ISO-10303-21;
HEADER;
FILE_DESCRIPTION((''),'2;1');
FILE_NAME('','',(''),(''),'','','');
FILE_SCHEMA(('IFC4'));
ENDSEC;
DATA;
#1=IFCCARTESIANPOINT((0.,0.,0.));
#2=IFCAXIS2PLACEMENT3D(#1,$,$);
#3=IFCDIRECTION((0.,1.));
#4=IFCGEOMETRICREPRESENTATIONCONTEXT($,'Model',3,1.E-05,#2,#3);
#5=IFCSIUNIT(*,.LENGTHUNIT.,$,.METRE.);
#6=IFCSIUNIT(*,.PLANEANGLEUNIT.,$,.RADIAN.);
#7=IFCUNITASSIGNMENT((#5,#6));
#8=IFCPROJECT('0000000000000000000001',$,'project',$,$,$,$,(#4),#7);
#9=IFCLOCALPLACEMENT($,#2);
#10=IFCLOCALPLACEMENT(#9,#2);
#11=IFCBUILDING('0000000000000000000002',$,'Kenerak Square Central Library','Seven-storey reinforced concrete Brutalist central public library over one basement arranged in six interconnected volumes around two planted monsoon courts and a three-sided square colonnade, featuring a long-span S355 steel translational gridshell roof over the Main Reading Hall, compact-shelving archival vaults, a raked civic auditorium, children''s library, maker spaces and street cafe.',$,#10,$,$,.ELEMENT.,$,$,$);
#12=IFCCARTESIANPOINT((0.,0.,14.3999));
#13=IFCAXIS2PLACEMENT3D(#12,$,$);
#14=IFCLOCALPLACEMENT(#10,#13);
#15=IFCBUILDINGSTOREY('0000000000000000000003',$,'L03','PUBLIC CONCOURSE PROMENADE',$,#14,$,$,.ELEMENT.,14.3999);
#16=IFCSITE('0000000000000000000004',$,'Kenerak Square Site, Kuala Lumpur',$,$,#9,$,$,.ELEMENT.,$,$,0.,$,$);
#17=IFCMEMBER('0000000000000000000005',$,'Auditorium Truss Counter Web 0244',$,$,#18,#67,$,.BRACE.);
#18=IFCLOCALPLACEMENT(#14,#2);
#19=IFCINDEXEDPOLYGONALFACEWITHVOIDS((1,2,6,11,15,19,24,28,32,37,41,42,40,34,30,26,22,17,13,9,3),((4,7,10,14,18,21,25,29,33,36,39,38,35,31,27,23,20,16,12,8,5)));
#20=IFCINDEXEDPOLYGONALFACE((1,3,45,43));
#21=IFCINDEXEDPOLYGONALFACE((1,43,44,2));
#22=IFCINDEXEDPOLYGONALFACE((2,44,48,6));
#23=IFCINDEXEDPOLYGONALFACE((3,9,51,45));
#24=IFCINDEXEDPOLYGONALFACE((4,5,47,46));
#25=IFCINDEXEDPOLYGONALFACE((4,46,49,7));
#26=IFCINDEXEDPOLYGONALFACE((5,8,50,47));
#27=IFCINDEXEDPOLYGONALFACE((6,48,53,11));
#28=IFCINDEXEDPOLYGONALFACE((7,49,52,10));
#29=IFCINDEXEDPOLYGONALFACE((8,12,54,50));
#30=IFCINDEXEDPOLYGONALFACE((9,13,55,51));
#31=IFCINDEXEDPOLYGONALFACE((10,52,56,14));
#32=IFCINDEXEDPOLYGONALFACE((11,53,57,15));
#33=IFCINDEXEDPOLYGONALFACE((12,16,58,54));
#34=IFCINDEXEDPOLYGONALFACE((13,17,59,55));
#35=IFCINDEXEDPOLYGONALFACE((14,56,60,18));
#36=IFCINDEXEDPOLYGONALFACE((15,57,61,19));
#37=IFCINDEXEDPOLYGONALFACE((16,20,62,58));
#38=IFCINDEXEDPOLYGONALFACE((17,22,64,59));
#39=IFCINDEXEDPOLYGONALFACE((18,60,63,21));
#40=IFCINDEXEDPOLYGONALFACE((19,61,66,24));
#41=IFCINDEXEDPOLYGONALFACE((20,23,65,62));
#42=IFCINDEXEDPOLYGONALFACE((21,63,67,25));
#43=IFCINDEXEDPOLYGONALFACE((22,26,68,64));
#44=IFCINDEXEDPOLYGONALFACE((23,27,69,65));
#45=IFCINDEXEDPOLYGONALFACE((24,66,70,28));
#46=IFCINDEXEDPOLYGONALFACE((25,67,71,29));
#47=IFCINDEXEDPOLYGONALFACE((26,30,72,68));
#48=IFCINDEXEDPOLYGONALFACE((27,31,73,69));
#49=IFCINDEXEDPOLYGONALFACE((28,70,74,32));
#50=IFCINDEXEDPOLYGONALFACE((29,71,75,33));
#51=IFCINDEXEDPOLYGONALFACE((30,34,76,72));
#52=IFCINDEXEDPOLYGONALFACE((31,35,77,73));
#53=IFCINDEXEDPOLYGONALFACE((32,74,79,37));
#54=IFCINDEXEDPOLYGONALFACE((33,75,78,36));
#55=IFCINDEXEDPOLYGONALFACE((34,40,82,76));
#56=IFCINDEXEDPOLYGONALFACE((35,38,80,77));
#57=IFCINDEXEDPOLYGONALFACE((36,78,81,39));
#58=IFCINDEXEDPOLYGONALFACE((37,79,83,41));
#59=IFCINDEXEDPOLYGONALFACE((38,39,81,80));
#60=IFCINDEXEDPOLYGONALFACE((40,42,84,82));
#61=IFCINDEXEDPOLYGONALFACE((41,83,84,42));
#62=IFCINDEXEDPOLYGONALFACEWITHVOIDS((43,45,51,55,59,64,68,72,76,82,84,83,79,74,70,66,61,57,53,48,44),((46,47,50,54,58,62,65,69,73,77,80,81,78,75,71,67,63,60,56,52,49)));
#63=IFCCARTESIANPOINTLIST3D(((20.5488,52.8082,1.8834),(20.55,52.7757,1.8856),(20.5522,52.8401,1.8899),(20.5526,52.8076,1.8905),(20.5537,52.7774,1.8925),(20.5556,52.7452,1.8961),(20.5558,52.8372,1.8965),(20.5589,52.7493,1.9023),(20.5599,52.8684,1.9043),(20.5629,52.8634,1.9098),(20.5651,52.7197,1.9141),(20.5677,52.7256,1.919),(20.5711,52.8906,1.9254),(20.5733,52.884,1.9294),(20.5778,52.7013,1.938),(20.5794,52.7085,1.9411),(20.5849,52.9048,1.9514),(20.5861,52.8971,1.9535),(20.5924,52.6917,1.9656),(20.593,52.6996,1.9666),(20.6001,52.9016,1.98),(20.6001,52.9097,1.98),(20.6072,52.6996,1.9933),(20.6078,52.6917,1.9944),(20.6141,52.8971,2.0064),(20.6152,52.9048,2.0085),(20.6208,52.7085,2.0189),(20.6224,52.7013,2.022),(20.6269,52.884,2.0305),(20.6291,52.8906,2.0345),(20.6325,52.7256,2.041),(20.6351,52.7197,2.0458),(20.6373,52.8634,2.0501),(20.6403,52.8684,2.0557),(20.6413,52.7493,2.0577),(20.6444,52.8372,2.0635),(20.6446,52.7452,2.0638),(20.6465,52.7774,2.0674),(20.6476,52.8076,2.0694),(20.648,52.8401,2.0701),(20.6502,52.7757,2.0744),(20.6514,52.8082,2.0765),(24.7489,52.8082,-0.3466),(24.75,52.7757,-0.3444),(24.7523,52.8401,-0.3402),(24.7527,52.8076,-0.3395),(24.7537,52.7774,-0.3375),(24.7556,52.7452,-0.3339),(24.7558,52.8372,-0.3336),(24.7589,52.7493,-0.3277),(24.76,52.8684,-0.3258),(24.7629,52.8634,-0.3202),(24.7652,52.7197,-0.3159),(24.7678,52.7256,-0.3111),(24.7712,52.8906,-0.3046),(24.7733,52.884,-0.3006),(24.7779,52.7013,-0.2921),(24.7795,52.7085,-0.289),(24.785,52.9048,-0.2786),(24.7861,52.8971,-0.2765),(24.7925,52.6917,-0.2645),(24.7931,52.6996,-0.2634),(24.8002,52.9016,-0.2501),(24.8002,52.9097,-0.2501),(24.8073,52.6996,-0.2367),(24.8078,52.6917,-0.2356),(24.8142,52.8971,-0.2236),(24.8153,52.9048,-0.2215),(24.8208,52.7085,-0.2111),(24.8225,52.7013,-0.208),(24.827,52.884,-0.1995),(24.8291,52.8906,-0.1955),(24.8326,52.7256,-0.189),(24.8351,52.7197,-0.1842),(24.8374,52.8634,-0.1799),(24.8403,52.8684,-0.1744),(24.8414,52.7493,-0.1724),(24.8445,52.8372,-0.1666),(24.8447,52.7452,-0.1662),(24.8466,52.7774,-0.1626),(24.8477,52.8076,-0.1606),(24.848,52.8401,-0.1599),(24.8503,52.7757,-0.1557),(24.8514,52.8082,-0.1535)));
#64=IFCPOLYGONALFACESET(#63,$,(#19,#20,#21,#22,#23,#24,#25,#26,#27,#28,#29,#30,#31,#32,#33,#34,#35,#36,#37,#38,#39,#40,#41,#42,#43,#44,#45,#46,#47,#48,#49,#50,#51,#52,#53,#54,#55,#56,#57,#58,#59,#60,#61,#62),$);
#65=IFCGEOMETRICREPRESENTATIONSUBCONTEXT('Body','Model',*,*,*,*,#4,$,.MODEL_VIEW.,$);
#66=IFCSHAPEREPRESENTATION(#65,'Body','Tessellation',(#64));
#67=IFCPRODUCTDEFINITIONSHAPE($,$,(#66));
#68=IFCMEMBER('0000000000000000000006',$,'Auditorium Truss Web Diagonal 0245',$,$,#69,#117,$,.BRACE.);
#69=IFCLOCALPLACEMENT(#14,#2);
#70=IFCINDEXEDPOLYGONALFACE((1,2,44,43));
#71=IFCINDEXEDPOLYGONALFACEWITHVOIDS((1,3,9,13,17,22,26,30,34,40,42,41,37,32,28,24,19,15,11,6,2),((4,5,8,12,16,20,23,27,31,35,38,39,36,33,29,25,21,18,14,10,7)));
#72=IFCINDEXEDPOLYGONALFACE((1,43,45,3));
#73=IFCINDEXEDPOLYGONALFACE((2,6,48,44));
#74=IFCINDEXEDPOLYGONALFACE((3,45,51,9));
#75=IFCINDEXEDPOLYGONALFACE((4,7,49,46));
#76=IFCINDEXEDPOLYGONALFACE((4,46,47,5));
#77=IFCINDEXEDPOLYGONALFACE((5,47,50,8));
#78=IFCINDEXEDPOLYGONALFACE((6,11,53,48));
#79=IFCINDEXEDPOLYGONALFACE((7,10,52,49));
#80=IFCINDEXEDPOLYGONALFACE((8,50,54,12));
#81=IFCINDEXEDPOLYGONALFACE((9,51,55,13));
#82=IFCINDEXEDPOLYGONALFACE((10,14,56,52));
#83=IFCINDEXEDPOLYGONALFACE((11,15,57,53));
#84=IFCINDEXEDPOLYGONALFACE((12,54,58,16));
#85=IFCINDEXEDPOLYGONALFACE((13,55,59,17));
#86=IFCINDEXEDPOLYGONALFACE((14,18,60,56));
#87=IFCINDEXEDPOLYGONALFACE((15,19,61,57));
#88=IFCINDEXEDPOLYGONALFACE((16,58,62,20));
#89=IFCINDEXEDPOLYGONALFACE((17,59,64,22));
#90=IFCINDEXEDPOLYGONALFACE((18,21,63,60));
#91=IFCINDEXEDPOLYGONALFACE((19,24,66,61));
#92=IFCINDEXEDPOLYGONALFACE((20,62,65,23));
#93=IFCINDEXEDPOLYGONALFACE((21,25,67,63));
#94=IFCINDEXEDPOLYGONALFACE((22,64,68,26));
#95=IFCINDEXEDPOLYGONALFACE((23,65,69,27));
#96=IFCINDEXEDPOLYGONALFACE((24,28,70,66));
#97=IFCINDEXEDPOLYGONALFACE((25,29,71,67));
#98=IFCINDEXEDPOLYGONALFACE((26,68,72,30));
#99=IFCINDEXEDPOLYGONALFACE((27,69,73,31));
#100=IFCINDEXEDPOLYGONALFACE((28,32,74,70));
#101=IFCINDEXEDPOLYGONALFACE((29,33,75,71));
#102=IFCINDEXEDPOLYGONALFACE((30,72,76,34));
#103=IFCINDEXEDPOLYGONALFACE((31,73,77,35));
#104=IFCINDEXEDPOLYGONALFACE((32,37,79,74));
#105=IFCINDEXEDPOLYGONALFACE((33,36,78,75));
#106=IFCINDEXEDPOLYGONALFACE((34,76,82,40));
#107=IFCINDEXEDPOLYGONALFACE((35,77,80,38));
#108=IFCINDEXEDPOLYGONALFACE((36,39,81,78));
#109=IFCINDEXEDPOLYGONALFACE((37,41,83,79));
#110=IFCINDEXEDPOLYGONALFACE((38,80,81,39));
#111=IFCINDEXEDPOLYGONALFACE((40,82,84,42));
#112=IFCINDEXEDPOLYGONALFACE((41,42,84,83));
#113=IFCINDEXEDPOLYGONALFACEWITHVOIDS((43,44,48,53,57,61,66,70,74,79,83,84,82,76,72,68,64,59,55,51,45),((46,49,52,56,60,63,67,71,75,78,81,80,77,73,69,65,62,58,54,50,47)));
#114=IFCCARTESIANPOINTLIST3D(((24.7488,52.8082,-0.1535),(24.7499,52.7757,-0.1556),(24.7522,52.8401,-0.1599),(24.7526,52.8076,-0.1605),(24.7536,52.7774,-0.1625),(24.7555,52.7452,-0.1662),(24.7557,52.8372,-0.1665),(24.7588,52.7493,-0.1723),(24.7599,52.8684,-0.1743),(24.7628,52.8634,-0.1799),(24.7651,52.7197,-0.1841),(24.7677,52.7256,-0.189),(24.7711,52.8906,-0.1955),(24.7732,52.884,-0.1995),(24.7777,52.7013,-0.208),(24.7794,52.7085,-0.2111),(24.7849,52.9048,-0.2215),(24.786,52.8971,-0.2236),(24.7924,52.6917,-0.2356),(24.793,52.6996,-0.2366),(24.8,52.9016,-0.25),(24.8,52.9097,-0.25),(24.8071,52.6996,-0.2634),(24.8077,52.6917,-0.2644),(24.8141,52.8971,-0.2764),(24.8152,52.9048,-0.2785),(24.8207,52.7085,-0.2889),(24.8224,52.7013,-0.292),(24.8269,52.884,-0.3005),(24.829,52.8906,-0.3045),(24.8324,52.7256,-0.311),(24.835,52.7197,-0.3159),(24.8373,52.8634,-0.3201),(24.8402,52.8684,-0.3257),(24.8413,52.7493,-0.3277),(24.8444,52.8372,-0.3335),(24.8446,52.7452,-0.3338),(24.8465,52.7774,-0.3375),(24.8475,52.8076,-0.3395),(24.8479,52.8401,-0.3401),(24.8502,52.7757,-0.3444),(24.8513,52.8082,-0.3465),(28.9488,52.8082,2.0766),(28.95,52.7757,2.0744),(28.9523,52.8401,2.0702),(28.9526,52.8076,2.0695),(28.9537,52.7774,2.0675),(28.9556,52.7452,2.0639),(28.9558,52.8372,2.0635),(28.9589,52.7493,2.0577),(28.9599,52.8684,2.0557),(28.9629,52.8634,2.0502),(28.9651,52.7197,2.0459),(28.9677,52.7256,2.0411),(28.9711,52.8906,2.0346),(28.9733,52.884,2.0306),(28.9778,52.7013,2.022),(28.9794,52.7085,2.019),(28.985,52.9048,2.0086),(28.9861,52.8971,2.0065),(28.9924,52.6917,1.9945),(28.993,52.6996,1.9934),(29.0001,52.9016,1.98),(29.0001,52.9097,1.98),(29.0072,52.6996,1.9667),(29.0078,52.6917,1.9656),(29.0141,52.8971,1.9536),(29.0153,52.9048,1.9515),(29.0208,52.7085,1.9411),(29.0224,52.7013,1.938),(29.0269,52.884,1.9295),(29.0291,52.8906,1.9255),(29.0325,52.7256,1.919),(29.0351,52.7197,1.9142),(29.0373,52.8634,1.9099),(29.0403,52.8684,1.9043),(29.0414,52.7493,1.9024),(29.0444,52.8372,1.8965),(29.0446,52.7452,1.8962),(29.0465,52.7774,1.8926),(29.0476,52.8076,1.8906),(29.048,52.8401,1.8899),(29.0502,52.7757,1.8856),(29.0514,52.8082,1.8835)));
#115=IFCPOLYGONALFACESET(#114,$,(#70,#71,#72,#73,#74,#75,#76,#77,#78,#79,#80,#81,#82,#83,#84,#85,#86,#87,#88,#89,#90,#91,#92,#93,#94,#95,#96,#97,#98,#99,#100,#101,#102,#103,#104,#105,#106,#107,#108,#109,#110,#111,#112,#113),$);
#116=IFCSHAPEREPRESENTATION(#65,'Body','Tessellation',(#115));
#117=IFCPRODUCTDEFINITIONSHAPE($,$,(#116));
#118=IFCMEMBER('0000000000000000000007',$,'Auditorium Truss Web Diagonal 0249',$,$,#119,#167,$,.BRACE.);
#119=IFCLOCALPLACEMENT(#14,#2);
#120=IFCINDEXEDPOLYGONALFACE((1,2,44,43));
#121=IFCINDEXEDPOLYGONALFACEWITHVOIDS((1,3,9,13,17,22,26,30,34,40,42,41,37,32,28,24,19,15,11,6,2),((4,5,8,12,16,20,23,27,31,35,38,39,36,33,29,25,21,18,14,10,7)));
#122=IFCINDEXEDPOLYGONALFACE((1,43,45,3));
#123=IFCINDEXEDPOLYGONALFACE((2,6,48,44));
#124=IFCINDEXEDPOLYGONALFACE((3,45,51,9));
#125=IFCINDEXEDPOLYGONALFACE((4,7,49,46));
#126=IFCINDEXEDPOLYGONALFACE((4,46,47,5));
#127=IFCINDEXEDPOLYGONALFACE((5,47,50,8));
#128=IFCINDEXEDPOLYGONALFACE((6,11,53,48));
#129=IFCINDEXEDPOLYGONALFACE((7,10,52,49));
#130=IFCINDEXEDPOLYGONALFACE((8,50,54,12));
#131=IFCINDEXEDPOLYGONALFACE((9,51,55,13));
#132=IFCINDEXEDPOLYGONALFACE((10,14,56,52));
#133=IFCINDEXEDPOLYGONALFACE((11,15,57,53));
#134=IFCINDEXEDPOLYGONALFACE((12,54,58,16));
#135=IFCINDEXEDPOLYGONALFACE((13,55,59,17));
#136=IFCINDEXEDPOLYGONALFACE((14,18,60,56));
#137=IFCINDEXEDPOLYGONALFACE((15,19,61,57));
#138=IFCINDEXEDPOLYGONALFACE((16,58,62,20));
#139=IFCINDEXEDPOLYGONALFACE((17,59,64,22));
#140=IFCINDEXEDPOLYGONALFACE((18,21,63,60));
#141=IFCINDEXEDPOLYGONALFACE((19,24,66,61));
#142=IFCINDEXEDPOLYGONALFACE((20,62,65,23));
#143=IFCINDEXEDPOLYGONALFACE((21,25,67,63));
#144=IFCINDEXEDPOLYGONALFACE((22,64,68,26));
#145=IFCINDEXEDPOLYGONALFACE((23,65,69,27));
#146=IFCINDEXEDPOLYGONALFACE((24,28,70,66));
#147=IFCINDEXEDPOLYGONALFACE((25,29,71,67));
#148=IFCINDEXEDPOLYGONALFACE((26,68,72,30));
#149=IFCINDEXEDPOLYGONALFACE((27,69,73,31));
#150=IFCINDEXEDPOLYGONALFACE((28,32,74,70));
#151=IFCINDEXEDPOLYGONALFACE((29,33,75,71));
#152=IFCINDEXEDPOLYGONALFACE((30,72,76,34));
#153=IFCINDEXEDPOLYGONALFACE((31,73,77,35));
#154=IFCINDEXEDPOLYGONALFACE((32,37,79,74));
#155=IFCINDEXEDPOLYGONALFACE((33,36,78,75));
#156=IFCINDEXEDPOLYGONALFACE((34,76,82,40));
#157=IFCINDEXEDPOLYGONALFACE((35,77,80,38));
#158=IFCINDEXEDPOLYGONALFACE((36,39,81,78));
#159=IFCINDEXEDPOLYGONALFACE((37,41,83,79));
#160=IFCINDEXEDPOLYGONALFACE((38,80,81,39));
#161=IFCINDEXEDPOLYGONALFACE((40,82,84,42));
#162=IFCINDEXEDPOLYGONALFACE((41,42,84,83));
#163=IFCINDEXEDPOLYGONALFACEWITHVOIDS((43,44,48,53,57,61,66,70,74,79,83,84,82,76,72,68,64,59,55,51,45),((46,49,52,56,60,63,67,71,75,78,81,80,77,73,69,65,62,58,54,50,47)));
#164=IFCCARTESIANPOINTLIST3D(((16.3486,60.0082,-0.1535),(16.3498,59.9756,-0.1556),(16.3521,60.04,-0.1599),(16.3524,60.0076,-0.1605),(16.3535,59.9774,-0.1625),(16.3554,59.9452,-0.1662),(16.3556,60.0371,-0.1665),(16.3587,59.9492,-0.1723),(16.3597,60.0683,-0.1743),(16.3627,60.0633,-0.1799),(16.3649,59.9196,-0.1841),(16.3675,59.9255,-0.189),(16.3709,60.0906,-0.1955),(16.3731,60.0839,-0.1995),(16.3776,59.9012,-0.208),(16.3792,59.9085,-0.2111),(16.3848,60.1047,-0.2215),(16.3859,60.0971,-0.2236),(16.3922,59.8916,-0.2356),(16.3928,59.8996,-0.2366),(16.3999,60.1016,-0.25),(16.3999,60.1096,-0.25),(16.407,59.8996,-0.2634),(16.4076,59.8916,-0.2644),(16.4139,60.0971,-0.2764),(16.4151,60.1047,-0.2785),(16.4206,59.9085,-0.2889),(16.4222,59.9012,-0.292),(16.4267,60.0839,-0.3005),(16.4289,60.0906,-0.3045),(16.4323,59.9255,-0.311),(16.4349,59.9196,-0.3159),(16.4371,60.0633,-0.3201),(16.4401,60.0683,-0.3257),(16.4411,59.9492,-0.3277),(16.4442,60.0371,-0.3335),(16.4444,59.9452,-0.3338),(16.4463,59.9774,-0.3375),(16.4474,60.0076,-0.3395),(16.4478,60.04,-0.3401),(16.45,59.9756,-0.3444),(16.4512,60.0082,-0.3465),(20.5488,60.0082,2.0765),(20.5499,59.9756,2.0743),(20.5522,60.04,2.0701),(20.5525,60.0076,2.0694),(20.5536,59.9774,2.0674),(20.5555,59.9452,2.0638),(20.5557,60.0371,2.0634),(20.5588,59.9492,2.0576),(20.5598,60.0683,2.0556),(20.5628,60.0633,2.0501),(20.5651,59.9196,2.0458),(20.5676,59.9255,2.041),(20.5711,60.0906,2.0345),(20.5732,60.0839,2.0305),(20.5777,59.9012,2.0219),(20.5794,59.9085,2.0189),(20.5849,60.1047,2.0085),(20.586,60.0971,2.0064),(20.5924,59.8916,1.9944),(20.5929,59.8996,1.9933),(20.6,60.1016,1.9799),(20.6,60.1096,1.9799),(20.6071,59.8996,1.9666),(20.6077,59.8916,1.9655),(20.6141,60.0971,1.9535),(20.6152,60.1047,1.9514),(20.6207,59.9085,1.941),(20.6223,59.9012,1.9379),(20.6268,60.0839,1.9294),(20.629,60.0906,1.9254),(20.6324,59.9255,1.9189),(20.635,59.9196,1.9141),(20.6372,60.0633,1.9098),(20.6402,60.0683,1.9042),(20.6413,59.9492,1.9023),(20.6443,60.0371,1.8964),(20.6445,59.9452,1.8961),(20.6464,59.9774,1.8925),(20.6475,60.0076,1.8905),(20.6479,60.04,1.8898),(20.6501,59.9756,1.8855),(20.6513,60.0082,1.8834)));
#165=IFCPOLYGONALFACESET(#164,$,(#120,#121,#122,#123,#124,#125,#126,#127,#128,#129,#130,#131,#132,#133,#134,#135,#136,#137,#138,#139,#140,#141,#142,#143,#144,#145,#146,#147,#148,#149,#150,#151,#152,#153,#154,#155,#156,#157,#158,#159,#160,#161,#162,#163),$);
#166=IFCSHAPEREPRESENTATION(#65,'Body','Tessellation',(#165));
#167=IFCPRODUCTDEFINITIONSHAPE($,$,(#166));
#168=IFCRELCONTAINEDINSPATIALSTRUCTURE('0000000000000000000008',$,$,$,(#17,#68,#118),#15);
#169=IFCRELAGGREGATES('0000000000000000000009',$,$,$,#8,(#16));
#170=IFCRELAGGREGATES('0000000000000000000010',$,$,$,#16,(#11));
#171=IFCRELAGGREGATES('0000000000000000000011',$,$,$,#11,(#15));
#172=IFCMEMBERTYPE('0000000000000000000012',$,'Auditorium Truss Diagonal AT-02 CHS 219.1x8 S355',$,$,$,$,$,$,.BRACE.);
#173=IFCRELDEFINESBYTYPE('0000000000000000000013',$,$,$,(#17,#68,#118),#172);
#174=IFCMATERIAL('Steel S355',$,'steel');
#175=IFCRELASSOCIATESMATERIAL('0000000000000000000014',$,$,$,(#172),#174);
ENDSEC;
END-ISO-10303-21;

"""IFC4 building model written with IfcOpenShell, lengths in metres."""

from ifc_helpers import new_model, si_unit, direction, frame, origin, origin_2d, place, context, subcontext, project, spatial, hollow_circle, extrude, material, material_profile, profile_set, type_object, element, save


model = new_model("IFC4")

# Units and contexts
model_context = context("Model", 3, precision=1e-05, world=origin(), true_north=direction((0.0, 1.0)))
body_context = subcontext(model_context, "Body", "Model", "MODEL_VIEW")
ifc_project = project(units=[si_unit("LENGTHUNIT", "METRE"), si_unit("PLANEANGLEUNIT", "RADIAN")], contexts=[model_context])

# Site, building, storey
site_placement = place(None, origin())
site = spatial("IfcSite", under=ifc_project, at=site_placement, Name="Kenerak Square Site, Kuala Lumpur", CompositionType="ELEMENT", RefElevation=0.0)
building_placement = place(site_placement, origin())
building = spatial("IfcBuilding", under=site, at=building_placement, Name="Kenerak Square Central Library", Description="Seven-storey reinforced concrete Brutalist central public library over one basement arranged in six interconnected volumes around two planted monsoon courts and a three-sided square colonnade, featuring a long-span S355 steel translational gridshell roof over the Main Reading Hall, compact-shelving archival vaults, a raked civic auditorium, children's library, maker spaces and street cafe.", CompositionType="ELEMENT")
storey_placement = place(building_placement, frame((0.0, 0.0, 14.3999)))
storey = spatial("IfcBuildingStorey", under=building, at=storey_placement, Name="L03", Description="PUBLIC CONCOURSE PROMENADE", CompositionType="ELEMENT", Elevation=14.3999)

# Members
ifc_material_1 = material(Name="Steel S355", Category="steel")
ifc_material_profile_1 = material_profile(ifc_material_1, hollow_circle(Radius=0.1096, WallThickness=0.0081, at=origin_2d()), Name="CHS 219.1x8.0")
ifc_profile_set_1 = profile_set([ifc_material_profile_1], Name="Steel S355")
member_type_1 = type_object("IfcMemberType", Name="Auditorium Truss Diagonal AT-02 CHS 219.1x8 S355", PredefinedType="BRACE", material=ifc_profile_set_1)
for number, where, z_axis, x_axis, name in (
    (1, (20.6001, 52.8, 1.98), (0.883224, 0.0, -0.468951), (0.0, 1.0, 0.0), "Auditorium Truss Counter Web 0244"),
    (2, (24.8, 52.8, -0.25), (0.883224, 0.0, 0.468951), (0.0, 1.0, 0.0), "Auditorium Truss Web Diagonal 0245"),
    (3, (16.3999, 60.0, -0.25), (0.883235, 0.0, 0.46893), (0.0, 1.0, 0.0), "Auditorium Truss Web Diagonal 0249"),
):
    element("IfcMember", number, at=place(storey_placement, frame(where, z_axis=z_axis, x_axis=x_axis)), inside=storey, type_object=member_type_1, Name=name, PredefinedType="BRACE", context=body_context, shape_type="SweptSolid", body=[
        extrude(hollow_circle(Radius=0.1096, WallThickness=0.0081, at=origin_2d()), origin(), (0.0, 0.0, 1.0), 4.7554),
    ])

save(model, "model.ifc")
